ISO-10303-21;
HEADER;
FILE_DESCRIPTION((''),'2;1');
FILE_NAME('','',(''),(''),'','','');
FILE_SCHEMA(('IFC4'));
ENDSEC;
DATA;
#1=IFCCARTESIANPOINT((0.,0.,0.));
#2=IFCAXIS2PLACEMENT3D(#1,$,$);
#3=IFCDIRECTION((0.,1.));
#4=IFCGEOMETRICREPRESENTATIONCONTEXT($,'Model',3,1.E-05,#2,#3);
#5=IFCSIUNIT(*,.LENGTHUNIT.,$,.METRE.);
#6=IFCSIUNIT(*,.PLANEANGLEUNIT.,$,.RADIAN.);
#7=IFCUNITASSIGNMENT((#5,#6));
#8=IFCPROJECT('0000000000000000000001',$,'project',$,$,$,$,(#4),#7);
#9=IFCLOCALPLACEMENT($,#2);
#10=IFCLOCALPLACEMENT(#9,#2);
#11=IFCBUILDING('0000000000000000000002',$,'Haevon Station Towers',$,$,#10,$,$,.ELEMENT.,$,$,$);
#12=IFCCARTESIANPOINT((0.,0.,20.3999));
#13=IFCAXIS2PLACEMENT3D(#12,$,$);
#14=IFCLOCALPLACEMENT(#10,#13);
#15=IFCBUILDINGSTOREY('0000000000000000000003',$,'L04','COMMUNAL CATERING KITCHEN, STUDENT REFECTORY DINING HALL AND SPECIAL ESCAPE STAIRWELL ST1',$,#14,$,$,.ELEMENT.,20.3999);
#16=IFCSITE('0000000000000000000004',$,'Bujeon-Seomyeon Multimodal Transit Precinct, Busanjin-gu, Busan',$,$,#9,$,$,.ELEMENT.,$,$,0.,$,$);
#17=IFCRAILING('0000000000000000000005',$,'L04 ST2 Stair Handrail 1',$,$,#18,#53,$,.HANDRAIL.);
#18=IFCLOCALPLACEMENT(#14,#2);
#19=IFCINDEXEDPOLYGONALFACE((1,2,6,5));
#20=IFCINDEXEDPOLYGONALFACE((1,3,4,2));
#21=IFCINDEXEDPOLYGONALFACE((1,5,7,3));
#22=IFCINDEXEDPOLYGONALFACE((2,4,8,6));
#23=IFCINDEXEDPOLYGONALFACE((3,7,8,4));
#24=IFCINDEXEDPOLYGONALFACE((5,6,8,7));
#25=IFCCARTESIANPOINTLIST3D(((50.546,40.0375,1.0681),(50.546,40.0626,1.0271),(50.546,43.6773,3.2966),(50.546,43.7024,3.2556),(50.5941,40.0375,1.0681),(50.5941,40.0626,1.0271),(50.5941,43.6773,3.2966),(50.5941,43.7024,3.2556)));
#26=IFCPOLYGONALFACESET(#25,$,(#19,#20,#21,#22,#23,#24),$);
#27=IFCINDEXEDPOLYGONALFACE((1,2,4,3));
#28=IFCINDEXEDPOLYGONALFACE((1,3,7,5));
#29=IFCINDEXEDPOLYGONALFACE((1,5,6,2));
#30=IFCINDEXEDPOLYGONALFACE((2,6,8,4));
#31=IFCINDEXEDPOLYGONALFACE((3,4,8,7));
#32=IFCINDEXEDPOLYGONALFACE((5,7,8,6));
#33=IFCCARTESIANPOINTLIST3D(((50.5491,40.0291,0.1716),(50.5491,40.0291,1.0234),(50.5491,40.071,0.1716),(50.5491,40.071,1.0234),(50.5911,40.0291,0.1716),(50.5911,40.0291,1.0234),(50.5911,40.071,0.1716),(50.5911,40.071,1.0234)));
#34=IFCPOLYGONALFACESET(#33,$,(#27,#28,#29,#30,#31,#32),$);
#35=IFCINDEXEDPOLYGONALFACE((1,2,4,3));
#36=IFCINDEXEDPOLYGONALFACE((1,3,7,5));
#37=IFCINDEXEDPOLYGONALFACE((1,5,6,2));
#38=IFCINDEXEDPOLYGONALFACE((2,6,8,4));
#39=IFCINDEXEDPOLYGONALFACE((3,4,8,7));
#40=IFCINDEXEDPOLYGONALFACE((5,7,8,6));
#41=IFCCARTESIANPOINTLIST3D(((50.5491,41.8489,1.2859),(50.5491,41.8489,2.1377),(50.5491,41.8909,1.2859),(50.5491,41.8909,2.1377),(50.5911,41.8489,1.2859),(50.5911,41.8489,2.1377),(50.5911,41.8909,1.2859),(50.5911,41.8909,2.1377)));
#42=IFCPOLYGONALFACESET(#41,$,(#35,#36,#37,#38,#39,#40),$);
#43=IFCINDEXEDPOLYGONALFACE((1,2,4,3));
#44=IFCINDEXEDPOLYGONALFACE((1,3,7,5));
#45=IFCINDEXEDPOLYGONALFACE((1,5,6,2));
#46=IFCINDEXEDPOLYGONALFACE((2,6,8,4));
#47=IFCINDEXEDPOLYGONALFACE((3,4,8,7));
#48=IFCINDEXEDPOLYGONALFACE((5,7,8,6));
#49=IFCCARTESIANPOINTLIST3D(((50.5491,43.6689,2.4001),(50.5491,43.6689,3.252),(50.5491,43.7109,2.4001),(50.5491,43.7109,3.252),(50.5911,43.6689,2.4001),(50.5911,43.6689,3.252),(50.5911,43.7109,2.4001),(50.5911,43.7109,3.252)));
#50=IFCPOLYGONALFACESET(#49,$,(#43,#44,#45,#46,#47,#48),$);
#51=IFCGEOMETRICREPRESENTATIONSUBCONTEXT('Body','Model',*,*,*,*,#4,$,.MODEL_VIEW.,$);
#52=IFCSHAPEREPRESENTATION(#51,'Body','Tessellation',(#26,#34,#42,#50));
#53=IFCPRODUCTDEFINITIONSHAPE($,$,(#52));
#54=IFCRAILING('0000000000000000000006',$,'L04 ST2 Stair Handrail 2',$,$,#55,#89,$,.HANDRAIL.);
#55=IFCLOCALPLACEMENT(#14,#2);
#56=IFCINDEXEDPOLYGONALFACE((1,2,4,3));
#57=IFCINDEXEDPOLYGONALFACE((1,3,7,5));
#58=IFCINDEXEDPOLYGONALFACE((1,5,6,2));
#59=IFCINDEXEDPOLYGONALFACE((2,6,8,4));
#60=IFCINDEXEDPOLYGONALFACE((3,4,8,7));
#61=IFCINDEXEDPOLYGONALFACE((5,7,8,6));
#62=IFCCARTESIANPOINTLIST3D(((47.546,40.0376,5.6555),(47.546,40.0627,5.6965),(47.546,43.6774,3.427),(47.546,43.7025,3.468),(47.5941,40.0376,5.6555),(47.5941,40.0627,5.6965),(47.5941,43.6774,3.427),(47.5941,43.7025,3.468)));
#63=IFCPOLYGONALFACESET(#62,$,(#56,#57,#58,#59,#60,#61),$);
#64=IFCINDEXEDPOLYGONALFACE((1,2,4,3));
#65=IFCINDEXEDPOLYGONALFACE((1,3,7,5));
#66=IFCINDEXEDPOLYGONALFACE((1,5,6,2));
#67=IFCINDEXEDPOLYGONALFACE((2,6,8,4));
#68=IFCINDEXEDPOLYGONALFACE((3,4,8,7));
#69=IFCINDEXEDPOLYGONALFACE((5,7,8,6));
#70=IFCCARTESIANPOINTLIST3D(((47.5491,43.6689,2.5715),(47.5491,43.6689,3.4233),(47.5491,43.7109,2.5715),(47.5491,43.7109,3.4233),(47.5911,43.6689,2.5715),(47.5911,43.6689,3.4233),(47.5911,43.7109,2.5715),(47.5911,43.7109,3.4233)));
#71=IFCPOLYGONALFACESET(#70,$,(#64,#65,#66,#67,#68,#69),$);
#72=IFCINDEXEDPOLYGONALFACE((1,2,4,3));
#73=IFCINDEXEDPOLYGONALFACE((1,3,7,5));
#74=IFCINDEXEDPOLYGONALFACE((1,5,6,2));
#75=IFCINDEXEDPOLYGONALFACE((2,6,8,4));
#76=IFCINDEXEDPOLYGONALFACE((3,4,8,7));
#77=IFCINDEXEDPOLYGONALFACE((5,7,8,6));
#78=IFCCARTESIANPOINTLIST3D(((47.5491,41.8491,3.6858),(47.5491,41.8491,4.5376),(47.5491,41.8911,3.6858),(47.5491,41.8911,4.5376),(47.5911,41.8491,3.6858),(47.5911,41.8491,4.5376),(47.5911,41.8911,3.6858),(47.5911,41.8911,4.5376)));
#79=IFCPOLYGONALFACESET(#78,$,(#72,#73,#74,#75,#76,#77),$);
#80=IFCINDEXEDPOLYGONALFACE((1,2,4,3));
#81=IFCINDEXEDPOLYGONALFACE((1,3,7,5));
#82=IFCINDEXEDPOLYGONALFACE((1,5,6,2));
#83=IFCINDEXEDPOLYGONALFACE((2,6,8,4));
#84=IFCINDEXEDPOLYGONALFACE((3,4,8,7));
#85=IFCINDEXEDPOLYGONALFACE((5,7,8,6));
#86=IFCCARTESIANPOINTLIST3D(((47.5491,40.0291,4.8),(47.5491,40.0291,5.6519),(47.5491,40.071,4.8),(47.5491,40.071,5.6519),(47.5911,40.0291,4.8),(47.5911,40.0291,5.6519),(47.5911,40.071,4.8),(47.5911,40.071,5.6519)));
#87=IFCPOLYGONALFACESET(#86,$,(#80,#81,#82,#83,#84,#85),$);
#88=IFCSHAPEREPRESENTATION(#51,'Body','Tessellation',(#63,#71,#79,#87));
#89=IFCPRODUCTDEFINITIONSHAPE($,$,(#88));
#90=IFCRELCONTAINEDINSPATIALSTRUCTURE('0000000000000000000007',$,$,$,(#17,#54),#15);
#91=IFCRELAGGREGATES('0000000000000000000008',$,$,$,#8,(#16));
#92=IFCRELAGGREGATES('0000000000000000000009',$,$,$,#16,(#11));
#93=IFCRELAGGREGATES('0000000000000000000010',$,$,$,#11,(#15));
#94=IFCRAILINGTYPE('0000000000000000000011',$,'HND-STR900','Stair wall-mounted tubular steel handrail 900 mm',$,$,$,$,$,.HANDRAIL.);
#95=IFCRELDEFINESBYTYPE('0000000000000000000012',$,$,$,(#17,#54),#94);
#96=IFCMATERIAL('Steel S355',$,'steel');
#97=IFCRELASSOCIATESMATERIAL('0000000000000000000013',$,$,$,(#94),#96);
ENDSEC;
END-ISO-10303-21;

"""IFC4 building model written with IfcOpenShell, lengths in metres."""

from ifc_helpers import new_model, si_unit, direction, frame, origin, origin_2d, place, context, subcontext, project, spatial, rectangle, extrude, material, type_object, element, save


model = new_model("IFC4")

# Units and contexts
model_context = context("Model", 3, precision=1e-05, world=origin(), true_north=direction((0.0, 1.0)))
body_context = subcontext(model_context, "Body", "Model", "MODEL_VIEW")
ifc_project = project(units=[si_unit("LENGTHUNIT", "METRE"), si_unit("PLANEANGLEUNIT", "RADIAN")], contexts=[model_context])

# Site, building, storey
site_placement = place(None, origin())
site = spatial("IfcSite", under=ifc_project, at=site_placement, Name="Bujeon-Seomyeon Multimodal Transit Precinct, Busanjin-gu, Busan", CompositionType="ELEMENT", RefElevation=0.0)
building_placement = place(site_placement, origin())
building = spatial("IfcBuilding", under=site, at=building_placement, Name="Haevon Station Towers", CompositionType="ELEMENT")
storey_placement = place(building_placement, frame((0.0, 0.0, 20.3999)))
storey = spatial("IfcBuildingStorey", under=building, at=storey_placement, Name="L04", Description="COMMUNAL CATERING KITCHEN, STUDENT REFECTORY DINING HALL AND SPECIAL ESCAPE STAIRWELL ST1", CompositionType="ELEMENT", Elevation=20.3999)

# Shared definitions
ifc_material_1 = material(Name="Steel S355", Category="steel")

# Railings
railing_type_1 = type_object("IfcRailingType", Name="HND-STR900", Description="Stair wall-mounted tubular steel handrail 900 mm", PredefinedType="HANDRAIL", material=ifc_material_1)
railing_1_placement = place(storey_placement, frame((50.5701, 40.05, 0.1716)))
element("IfcRailing", 1, at=railing_1_placement, inside=storey, type_object=railing_type_1, Name="L04 ST2 Stair Handrail 1", PredefinedType="HANDRAIL", context=body_context, shape_type="SweptSolid", body=[
    extrude(rectangle(XDim=0.0481, YDim=0.0481, at=origin_2d()), frame((0.0, 0.0, 0.876), z_axis=(0.0, 0.85285, 0.522156), x_axis=(-1.0, 0.0, 0.0)), (0.0, 0.0, 1.0), 4.2678),
    extrude(rectangle(XDim=0.042, YDim=0.042, at=origin_2d()), origin(), (0.0, 0.0, 1.0), 0.8518),
    extrude(rectangle(XDim=0.042, YDim=0.042, at=origin_2d()), frame((0.0, 1.8198, 1.1143)), (0.0, 0.0, 1.0), 0.8518),
    extrude(rectangle(XDim=0.042, YDim=0.042, at=origin_2d()), frame((0.0, 3.6399, 2.2285)), (0.0, 0.0, 1.0), 0.8518),
])
railing_2_placement = place(storey_placement, frame((47.5701, 43.6899, 2.5715)))
element("IfcRailing", 2, at=railing_2_placement, inside=storey, type_object=railing_type_1, Name="L04 ST2 Stair Handrail 2", PredefinedType="HANDRAIL", context=body_context, shape_type="SweptSolid", body=[
    extrude(rectangle(XDim=0.0481, YDim=0.0481, at=origin_2d()), frame((0.0, 0.0, 0.876), z_axis=(0.0, -0.85285, 0.522156), x_axis=(1.0, 0.0, 0.0)), (0.0, 0.0, 1.0), 4.2678),
    extrude(rectangle(XDim=0.042, YDim=0.042, at=origin_2d()), origin(), (0.0, 0.0, 1.0), 0.8518),
    extrude(rectangle(XDim=0.042, YDim=0.042, at=origin_2d()), frame((0.0, -1.8198, 1.1143)), (0.0, 0.0, 1.0), 0.8518),
    extrude(rectangle(XDim=0.042, YDim=0.042, at=origin_2d()), frame((0.0, -3.6399, 2.2285)), (0.0, 0.0, 1.0), 0.8518),
])

save(model, "model.ifc")
